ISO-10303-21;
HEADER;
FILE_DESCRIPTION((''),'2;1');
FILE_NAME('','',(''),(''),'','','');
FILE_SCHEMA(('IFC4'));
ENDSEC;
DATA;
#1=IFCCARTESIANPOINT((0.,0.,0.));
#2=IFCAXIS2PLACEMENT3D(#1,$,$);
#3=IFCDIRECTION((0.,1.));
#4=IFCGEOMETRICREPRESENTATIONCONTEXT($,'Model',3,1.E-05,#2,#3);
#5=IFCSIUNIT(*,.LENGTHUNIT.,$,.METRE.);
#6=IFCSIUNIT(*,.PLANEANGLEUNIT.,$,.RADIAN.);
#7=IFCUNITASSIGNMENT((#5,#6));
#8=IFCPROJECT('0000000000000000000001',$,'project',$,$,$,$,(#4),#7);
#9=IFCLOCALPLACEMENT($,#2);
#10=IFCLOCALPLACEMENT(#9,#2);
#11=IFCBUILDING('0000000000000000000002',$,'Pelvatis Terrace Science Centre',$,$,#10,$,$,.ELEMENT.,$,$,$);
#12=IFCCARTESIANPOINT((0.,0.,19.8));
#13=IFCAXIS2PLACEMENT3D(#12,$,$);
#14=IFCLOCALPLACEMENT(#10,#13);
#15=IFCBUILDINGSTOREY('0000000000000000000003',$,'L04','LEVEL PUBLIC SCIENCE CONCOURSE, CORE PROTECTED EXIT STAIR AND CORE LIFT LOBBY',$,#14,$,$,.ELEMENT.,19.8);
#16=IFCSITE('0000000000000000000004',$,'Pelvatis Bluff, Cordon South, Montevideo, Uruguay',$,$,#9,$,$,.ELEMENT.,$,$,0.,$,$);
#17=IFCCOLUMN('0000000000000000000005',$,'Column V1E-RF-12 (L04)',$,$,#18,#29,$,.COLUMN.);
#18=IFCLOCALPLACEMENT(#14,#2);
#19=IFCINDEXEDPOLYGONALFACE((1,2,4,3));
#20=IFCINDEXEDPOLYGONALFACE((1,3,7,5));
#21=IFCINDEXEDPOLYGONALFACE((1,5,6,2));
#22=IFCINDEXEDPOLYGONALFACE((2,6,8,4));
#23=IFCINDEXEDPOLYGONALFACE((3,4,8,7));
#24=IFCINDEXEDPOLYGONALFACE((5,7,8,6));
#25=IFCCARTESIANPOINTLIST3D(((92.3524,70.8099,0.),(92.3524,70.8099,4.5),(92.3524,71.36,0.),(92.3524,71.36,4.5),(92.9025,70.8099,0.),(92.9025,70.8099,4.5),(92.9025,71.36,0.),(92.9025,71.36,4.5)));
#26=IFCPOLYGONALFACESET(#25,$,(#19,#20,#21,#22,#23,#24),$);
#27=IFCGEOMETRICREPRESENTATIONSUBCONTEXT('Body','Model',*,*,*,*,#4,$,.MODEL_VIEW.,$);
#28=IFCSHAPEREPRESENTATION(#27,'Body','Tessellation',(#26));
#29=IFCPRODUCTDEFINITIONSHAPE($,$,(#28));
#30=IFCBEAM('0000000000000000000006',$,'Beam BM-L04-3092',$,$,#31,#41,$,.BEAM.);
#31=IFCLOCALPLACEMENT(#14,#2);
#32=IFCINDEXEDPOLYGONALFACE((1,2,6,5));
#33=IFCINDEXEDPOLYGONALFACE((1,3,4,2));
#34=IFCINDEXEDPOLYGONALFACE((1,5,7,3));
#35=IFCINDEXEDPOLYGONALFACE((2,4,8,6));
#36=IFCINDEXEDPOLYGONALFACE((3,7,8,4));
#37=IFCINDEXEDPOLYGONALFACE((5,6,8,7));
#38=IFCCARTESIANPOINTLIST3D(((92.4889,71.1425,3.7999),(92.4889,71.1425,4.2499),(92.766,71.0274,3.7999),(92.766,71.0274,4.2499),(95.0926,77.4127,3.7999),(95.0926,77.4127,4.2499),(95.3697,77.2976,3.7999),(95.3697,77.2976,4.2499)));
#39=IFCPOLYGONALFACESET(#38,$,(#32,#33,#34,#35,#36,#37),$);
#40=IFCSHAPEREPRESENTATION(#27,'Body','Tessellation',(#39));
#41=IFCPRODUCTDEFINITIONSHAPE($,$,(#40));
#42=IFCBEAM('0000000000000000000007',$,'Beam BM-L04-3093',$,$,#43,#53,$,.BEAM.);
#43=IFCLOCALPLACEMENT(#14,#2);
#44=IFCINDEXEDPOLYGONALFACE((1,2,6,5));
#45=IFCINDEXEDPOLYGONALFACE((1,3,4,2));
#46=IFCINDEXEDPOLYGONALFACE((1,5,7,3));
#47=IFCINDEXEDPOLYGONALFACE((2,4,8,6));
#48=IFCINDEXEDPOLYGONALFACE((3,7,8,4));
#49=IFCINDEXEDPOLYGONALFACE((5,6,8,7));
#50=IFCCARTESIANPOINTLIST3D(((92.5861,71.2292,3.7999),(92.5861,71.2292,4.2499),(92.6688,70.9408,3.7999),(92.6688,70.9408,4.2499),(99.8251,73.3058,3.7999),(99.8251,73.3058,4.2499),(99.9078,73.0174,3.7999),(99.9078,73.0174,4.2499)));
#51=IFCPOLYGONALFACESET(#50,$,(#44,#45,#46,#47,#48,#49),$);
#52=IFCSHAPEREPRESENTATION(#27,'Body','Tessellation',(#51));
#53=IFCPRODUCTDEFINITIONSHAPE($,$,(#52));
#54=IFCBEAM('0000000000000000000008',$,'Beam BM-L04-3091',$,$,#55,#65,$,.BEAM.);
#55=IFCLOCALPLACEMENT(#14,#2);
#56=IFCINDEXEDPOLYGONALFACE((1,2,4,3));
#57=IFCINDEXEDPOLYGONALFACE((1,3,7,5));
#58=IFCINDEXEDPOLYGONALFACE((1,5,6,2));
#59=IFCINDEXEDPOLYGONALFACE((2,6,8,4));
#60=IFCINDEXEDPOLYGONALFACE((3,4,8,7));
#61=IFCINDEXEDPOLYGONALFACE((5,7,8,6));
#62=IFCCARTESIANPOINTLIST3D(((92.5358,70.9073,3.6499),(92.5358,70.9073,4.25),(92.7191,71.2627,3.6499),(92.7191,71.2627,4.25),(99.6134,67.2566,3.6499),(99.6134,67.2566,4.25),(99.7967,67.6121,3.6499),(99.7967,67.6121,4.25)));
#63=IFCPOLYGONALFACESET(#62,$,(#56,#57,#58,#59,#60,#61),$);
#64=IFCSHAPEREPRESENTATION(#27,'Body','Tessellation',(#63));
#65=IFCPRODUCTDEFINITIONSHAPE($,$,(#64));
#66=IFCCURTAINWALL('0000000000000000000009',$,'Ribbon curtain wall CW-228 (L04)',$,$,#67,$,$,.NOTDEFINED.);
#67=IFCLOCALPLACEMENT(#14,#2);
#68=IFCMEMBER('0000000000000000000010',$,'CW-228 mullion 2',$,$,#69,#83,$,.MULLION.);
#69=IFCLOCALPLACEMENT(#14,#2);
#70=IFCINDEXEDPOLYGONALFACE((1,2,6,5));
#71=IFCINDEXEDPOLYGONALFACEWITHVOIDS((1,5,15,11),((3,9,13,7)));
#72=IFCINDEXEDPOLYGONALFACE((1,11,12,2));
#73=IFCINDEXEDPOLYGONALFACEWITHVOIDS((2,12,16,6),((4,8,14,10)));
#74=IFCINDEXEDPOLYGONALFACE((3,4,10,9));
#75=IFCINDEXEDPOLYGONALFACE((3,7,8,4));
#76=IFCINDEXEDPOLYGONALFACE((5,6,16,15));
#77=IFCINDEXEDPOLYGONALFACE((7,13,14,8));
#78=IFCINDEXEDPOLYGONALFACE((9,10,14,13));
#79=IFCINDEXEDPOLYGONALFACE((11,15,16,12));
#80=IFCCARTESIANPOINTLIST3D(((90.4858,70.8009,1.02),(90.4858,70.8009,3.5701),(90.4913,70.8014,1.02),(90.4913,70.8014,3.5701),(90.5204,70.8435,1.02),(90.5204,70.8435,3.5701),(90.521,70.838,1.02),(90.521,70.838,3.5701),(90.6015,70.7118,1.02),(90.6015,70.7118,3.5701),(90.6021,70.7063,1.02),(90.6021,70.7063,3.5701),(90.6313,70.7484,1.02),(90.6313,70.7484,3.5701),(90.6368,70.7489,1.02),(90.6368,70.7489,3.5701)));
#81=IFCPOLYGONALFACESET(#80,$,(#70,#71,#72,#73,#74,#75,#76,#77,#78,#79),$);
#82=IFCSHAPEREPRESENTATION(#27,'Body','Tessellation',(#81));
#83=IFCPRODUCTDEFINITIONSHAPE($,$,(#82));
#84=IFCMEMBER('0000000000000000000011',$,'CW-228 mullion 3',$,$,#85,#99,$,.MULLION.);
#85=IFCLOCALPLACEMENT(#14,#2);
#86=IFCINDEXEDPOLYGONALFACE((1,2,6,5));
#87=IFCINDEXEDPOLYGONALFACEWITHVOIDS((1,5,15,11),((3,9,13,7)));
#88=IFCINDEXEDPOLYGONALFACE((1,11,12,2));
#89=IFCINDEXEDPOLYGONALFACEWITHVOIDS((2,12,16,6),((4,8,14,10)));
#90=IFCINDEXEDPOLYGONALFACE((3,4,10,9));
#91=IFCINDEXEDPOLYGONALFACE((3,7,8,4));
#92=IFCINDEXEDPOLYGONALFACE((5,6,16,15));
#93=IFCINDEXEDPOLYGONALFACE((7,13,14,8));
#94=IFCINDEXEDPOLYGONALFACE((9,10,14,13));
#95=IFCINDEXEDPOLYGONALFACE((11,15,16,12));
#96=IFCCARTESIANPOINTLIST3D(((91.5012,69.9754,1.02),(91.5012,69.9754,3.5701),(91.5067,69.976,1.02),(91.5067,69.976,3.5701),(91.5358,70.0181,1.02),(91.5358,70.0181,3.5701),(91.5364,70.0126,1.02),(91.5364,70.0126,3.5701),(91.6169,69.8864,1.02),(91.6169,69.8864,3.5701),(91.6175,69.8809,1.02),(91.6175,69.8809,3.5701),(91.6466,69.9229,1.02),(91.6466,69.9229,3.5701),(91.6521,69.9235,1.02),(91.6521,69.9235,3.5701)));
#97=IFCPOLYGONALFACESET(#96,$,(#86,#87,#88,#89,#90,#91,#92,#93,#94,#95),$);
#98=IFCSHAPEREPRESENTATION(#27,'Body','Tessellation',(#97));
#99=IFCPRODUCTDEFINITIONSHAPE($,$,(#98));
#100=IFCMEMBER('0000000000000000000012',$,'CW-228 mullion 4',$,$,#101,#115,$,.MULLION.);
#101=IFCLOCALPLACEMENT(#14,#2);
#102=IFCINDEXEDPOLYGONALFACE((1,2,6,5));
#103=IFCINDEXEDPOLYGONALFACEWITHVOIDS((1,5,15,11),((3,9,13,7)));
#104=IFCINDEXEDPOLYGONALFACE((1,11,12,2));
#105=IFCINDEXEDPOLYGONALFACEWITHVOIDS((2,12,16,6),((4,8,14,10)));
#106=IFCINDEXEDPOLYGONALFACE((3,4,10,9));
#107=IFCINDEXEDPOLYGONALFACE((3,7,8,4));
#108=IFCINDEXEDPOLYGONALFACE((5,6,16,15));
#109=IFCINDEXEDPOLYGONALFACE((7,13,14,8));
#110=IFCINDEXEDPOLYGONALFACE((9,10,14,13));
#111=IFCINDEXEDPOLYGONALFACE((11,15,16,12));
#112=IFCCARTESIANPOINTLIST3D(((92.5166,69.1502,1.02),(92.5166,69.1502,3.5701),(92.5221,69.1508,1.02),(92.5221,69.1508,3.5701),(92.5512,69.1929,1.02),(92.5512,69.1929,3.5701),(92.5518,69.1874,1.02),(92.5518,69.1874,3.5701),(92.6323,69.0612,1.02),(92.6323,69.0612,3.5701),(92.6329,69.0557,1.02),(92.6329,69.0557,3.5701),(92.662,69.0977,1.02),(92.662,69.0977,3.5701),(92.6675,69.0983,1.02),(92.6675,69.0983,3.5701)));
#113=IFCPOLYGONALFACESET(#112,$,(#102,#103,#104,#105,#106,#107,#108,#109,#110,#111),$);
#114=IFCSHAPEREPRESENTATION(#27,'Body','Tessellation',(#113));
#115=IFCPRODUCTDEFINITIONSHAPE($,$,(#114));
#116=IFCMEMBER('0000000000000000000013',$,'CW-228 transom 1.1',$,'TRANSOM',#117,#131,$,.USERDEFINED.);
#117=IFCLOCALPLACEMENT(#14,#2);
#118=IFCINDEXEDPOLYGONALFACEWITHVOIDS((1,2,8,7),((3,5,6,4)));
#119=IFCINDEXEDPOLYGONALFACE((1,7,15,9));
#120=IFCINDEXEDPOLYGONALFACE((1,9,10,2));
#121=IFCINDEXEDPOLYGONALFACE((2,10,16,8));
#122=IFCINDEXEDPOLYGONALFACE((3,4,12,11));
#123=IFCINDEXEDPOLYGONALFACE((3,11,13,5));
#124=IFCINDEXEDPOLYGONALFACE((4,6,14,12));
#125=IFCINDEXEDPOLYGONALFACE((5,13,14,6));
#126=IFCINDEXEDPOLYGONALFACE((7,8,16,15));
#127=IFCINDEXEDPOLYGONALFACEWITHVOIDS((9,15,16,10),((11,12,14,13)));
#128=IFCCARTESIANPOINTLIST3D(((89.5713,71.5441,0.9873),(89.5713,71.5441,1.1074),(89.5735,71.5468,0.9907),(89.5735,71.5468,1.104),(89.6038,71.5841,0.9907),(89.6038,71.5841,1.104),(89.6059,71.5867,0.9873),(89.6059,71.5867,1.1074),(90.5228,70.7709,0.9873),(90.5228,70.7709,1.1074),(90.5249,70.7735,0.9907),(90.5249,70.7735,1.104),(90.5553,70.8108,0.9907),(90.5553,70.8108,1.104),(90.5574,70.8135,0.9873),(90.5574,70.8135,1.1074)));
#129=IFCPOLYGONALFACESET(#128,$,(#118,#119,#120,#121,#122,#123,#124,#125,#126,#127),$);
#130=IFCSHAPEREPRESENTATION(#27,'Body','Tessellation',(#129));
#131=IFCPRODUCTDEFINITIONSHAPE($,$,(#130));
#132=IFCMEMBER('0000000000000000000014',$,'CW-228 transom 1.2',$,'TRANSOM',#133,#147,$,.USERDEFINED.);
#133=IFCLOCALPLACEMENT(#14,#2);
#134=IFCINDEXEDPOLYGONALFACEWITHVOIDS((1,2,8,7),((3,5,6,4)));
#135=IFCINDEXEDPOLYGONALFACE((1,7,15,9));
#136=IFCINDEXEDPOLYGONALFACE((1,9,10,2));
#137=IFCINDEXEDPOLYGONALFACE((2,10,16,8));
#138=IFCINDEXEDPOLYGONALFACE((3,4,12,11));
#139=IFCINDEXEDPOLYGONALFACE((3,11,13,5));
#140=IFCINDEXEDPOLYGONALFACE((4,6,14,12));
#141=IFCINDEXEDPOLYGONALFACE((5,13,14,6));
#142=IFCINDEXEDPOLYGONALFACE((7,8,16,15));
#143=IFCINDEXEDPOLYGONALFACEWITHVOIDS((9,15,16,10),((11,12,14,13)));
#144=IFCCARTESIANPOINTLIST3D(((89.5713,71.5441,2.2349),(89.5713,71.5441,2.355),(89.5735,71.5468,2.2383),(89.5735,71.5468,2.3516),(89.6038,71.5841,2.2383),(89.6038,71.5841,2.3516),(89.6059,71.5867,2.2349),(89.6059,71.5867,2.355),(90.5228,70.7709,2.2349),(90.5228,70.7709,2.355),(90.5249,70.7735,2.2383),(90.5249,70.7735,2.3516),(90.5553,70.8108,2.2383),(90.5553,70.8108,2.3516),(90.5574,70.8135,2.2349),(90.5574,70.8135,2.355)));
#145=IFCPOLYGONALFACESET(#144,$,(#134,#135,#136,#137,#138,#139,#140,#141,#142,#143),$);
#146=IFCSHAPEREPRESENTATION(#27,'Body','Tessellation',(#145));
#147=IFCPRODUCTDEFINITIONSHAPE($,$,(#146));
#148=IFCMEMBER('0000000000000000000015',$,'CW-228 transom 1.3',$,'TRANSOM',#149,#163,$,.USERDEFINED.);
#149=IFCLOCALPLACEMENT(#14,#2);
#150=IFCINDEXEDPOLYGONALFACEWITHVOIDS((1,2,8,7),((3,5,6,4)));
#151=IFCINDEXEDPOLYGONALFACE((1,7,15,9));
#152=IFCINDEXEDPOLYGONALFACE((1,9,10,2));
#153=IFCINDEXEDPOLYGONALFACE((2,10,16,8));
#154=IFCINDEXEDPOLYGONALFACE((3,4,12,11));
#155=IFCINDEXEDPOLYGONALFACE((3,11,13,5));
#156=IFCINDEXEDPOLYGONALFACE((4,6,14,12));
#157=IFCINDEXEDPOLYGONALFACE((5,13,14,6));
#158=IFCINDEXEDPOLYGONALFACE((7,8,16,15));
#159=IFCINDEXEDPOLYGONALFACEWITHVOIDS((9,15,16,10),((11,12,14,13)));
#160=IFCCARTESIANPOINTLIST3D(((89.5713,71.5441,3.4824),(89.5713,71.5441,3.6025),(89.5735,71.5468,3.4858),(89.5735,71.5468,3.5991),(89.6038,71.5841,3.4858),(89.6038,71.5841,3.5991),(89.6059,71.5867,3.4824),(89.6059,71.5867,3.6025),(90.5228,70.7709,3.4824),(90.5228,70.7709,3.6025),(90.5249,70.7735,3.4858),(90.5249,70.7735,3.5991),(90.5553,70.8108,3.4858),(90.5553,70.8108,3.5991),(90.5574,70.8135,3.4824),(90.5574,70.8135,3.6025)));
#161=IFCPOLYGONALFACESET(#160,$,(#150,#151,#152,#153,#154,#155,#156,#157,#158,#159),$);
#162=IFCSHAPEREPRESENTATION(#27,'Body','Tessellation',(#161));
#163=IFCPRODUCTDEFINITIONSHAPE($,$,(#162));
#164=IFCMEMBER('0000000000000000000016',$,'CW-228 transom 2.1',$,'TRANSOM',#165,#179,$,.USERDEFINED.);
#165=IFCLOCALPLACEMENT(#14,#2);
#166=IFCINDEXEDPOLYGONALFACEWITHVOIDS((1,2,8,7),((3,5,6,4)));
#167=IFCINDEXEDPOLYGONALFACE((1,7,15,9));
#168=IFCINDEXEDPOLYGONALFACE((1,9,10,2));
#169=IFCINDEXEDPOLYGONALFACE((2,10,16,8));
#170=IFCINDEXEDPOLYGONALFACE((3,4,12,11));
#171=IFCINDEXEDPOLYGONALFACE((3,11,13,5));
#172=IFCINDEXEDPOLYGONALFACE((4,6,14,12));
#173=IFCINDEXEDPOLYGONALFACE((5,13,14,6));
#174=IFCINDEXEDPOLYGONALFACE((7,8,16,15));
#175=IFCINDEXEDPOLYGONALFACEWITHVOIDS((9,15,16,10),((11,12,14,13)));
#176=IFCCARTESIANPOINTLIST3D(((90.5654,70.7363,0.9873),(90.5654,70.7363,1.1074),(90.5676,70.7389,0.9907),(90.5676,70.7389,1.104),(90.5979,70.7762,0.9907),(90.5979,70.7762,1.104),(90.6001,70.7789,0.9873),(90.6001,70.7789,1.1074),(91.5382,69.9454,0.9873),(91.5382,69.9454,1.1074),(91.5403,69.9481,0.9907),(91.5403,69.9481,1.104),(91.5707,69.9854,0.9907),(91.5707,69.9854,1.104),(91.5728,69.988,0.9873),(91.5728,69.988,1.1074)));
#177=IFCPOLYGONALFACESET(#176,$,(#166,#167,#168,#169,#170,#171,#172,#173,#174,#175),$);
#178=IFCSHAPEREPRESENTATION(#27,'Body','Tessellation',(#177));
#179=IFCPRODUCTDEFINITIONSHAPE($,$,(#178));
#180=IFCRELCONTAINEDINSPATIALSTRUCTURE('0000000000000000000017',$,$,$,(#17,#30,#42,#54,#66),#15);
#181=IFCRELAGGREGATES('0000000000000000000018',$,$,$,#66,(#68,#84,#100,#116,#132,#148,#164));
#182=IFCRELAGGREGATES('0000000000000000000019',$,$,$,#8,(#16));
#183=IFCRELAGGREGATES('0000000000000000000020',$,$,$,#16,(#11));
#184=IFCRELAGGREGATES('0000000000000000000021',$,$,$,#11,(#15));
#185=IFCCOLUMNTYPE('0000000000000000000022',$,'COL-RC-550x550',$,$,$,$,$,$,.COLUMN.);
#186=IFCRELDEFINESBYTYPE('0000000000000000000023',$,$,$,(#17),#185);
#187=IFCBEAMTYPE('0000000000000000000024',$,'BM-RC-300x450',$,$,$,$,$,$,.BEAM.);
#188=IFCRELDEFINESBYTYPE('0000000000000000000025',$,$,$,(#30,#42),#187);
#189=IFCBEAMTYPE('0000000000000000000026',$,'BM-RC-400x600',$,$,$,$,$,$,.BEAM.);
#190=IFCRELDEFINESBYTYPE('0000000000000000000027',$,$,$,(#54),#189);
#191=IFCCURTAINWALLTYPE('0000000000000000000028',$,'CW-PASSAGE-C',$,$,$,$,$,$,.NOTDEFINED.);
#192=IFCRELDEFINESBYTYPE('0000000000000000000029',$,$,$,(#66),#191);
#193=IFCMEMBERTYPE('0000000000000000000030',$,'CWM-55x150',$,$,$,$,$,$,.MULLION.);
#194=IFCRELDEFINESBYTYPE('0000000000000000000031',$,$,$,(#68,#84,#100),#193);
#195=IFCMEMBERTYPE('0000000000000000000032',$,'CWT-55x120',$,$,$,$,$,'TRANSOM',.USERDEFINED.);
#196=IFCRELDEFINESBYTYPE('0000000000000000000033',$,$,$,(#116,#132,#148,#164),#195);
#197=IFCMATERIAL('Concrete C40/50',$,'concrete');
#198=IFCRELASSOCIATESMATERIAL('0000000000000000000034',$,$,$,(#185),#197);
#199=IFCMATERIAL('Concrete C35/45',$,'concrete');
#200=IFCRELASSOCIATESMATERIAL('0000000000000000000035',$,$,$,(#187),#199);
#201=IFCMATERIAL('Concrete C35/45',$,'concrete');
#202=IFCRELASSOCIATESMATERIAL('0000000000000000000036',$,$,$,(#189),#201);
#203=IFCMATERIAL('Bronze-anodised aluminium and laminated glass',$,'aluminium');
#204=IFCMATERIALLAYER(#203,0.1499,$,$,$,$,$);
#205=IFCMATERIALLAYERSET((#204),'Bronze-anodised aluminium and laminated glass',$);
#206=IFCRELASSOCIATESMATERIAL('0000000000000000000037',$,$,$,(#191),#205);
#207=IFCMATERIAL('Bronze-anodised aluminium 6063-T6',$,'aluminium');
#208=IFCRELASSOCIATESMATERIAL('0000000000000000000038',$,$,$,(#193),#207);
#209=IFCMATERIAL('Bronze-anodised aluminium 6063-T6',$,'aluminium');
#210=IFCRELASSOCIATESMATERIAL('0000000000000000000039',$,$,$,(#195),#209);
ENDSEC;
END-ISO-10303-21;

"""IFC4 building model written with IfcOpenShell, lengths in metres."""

from ifc_helpers import new_model, si_unit, direction, frame, origin, origin_2d, place, context, subcontext, project, spatial, rectangle, hollow_rectangle, extrude, material, layer, layer_set, material_profile, profile_set, type_object, element, aggregate, save


model = new_model("IFC4")

# Units and contexts
model_context = context("Model", 3, precision=1e-05, world=origin(), true_north=direction((0.0, 1.0)))
body_context = subcontext(model_context, "Body", "Model", "MODEL_VIEW")
ifc_project = project(units=[si_unit("LENGTHUNIT", "METRE"), si_unit("PLANEANGLEUNIT", "RADIAN")], contexts=[model_context])

# Site, building, storey
site_placement = place(None, origin())
site = spatial("IfcSite", under=ifc_project, at=site_placement, Name="Pelvatis Bluff, Cordon South, Montevideo, Uruguay", CompositionType="ELEMENT", RefElevation=0.0)
building_placement = place(site_placement, origin())
building = spatial("IfcBuilding", under=site, at=building_placement, Name="Pelvatis Terrace Science Centre", CompositionType="ELEMENT")
storey_placement = place(building_placement, frame((0.0, 0.0, 19.8)))
storey = spatial("IfcBuildingStorey", under=building, at=storey_placement, Name="L04", Description="LEVEL PUBLIC SCIENCE CONCOURSE, CORE PROTECTED EXIT STAIR AND CORE LIFT LOBBY", CompositionType="ELEMENT", Elevation=19.8)

# Column
ifc_material_1 = material(Name="Concrete C40/50", Category="concrete")
ifc_material_profile_1 = material_profile(ifc_material_1, rectangle(XDim=0.55, YDim=0.55, at=origin_2d()), Name="RC-COL 550x550")
ifc_profile_set_1 = profile_set([ifc_material_profile_1], Name="Concrete C40/50")
column_type = type_object("IfcColumnType", Name="COL-RC-550x550", PredefinedType="COLUMN", material=ifc_profile_set_1)
column_placement = place(storey_placement, frame((92.6274, 71.085, 0.0), z_axis=(0.0, 0.0, 1.0), x_axis=(1.0, 0.0, 0.0)))
element("IfcColumn", 1, at=column_placement, inside=storey, type_object=column_type, Name="Column V1E-RF-12 (L04)", PredefinedType="COLUMN", context=body_context, shape_type="SweptSolid", body=[
    extrude(rectangle(XDim=0.55, YDim=0.55, at=origin_2d()), origin(), (0.0, 0.0, 1.0), 4.5),
])

# Beams
ifc_material_2 = material(Name="Concrete C35/45", Category="concrete")
ifc_material_profile_2 = material_profile(ifc_material_2, rectangle(XDim=0.3, YDim=0.45, at=origin_2d()), Name="RC-BM 300x450")
ifc_profile_set_2 = profile_set([ifc_material_profile_2], Name="Concrete C35/45")
beam_type_1 = type_object("IfcBeamType", Name="BM-RC-300x450", PredefinedType="BEAM", material=ifc_profile_set_2)
beam_1_placement = place(storey_placement, frame((92.6274, 71.085, 4.0249), z_axis=(0.383504, 0.923539, 0.0), x_axis=(-0.923539, 0.383504, 0.0)))
element("IfcBeam", 2, at=beam_1_placement, inside=storey, type_object=beam_type_1, Name="Beam BM-L04-3092", PredefinedType="BEAM", context=body_context, shape_type="SweptSolid", body=[
    extrude(rectangle(XDim=0.3, YDim=0.45, at=origin_2d()), origin(), (0.0, 0.0, 1.0), 6.7893),
])
beam_2_placement = place(storey_placement, frame((92.6274, 71.085, 4.0249), z_axis=(0.96123, 0.275749, 0.0), x_axis=(-0.275749, 0.96123, 0.0)))
element("IfcBeam", 3, at=beam_2_placement, inside=storey, type_object=beam_type_1, Name="Beam BM-L04-3093", PredefinedType="BEAM", context=body_context, shape_type="SweptSolid", body=[
    extrude(rectangle(XDim=0.3, YDim=0.45, at=origin_2d()), origin(), (0.0, 0.0, 1.0), 7.531),
])
ifc_material_3 = material(Name="Concrete C35/45", Category="concrete")
ifc_material_profile_3 = material_profile(ifc_material_3, rectangle(XDim=0.3999, YDim=0.6001, at=origin_2d()), Name="RC-BM 400x600")
ifc_profile_set_3 = profile_set([ifc_material_profile_3], Name="Concrete C35/45")
beam_type_2 = type_object("IfcBeamType", Name="BM-RC-400x600", PredefinedType="BEAM", material=ifc_profile_set_3)
beam_3_placement = place(storey_placement, frame((92.6274, 71.085, 3.95), z_axis=(0.88874, -0.458411, 0.0), x_axis=(0.458411, 0.88874, 0.0)))
element("IfcBeam", 4, at=beam_3_placement, inside=storey, type_object=beam_type_2, Name="Beam BM-L04-3091", PredefinedType="BEAM", context=body_context, shape_type="SweptSolid", body=[
    extrude(rectangle(XDim=0.3999, YDim=0.6001, at=origin_2d()), origin(), (0.0, 0.0, 1.0), 7.9636),
])

# Curtain wall, members
ifc_material_4 = material(Name="Bronze-anodised aluminium and laminated glass", Category="aluminium")
ifc_layer_1 = layer(ifc_material_4, 0.1499)
ifc_layer_set_1 = layer_set([ifc_layer_1], Name="Bronze-anodised aluminium and laminated glass")
curtain_wall_type = type_object("IfcCurtainWallType", Name="CW-PASSAGE-C", PredefinedType="NOTDEFINED", material=ifc_layer_set_1)
curtain_wall_placement = place(storey_placement, origin())
curtain_wall = element("IfcCurtainWall", 5, at=curtain_wall_placement, inside=storey, type_object=curtain_wall_type, Name="Ribbon curtain wall CW-228 (L04)", PredefinedType="NOTDEFINED")
ifc_material_5 = material(Name="Bronze-anodised aluminium 6063-T6", Category="aluminium")
ifc_material_profile_4 = material_profile(ifc_material_5, hollow_rectangle(XDim=0.0549, YDim=0.1499, WallThickness=0.0039, at=origin_2d()), Name="ALU-MUL 55x150")
ifc_profile_set_4 = profile_set([ifc_material_profile_4], Name="Bronze-anodised aluminium 6063-T6")
member_type_1 = type_object("IfcMemberType", Name="CWM-55x150", PredefinedType="MULLION", material=ifc_profile_set_4)
member_1_placement = place(storey_placement, frame((90.5613, 70.7749, 1.02), z_axis=(0.0, 0.0, 1.0), x_axis=(0.630757, 0.77598, 0.0)))
member_1 = element("IfcMember", 6, at=member_1_placement, type_object=member_type_1, Name="CW-228 mullion 2", PredefinedType="MULLION", context=body_context, shape_type="SweptSolid", body=[
    extrude(hollow_rectangle(XDim=0.0549, YDim=0.1499, WallThickness=0.0039, at=origin_2d()), origin(), (0.0, 0.0, 1.0), 2.55),
])
member_2_placement = place(storey_placement, frame((91.5767, 69.9495, 1.02), z_axis=(0.0, 0.0, 1.0), x_axis=(0.630757, 0.77598, 0.0)))
member_2 = element("IfcMember", 7, at=member_2_placement, type_object=member_type_1, Name="CW-228 mullion 3", PredefinedType="MULLION", context=body_context, shape_type="SweptSolid", body=[
    extrude(hollow_rectangle(XDim=0.0549, YDim=0.1499, WallThickness=0.0039, at=origin_2d()), origin(), (0.0, 0.0, 1.0), 2.55),
])
member_3_placement = place(storey_placement, frame((92.592, 69.1243, 1.02), z_axis=(0.0, 0.0, 1.0), x_axis=(0.630757, 0.77598, 0.0)))
member_3 = element("IfcMember", 8, at=member_3_placement, type_object=member_type_1, Name="CW-228 mullion 4", PredefinedType="MULLION", context=body_context, shape_type="SweptSolid", body=[
    extrude(hollow_rectangle(XDim=0.0549, YDim=0.1499, WallThickness=0.0039, at=origin_2d()), origin(), (0.0, 0.0, 1.0), 2.55),
])
ifc_material_6 = material(Name="Bronze-anodised aluminium 6063-T6", Category="aluminium")
ifc_material_profile_5 = material_profile(ifc_material_6, hollow_rectangle(XDim=0.0549, YDim=0.1201, WallThickness=0.0034, at=origin_2d()), Name="ALU-TRN 55x120")
ifc_profile_set_5 = profile_set([ifc_material_profile_5], Name="Bronze-anodised aluminium 6063-T6")
member_type_2 = type_object("IfcMemberType", Name="CWT-55x120", ElementType="TRANSOM", PredefinedType="USERDEFINED", material=ifc_profile_set_5)
member_4_placement = place(storey_placement, frame((89.5886, 71.5654, 1.0474), z_axis=(0.776047, -0.630675, 0.0), x_axis=(0.630675, 0.776047, 0.0)))
member_4 = element("IfcMember", 9, at=member_4_placement, type_object=member_type_2, Name="CW-228 transom 1.1", ObjectType="TRANSOM", PredefinedType="USERDEFINED", context=body_context, shape_type="SweptSolid", body=[
    extrude(hollow_rectangle(XDim=0.0549, YDim=0.1201, WallThickness=0.0034, at=origin_2d()), origin(), (0.0, 0.0, 1.0), 1.2261),
])
member_5_placement = place(storey_placement, frame((89.5886, 71.5654, 2.2949), z_axis=(0.776047, -0.630675, 0.0), x_axis=(0.630675, 0.776047, 0.0)))
member_5 = element("IfcMember", 10, at=member_5_placement, type_object=member_type_2, Name="CW-228 transom 1.2", ObjectType="TRANSOM", PredefinedType="USERDEFINED", context=body_context, shape_type="SweptSolid", body=[
    extrude(hollow_rectangle(XDim=0.0549, YDim=0.1201, WallThickness=0.0034, at=origin_2d()), origin(), (0.0, 0.0, 1.0), 1.2261),
])
member_6_placement = place(storey_placement, frame((89.5886, 71.5654, 3.5425), z_axis=(0.776047, -0.630675, 0.0), x_axis=(0.630675, 0.776047, 0.0)))
member_6 = element("IfcMember", 11, at=member_6_placement, type_object=member_type_2, Name="CW-228 transom 1.3", ObjectType="TRANSOM", PredefinedType="USERDEFINED", context=body_context, shape_type="SweptSolid", body=[
    extrude(hollow_rectangle(XDim=0.0549, YDim=0.1201, WallThickness=0.0034, at=origin_2d()), origin(), (0.0, 0.0, 1.0), 1.2261),
])
member_7_placement = place(storey_placement, frame((90.5828, 70.7576, 1.0474), z_axis=(0.775923, -0.630827, 0.0), x_axis=(0.630827, 0.775923, 0.0)))
member_7 = element("IfcMember", 12, at=member_7_placement, type_object=member_type_2, Name="CW-228 transom 2.1", ObjectType="TRANSOM", PredefinedType="USERDEFINED", context=body_context, shape_type="SweptSolid", body=[
    extrude(hollow_rectangle(XDim=0.0549, YDim=0.1201, WallThickness=0.0034, at=origin_2d()), origin(), (0.0, 0.0, 1.0), 1.2537),
])
aggregate(curtain_wall, [member_1, member_2, member_3, member_4, member_5, member_6, member_7])

save(model, "model.ifc")
